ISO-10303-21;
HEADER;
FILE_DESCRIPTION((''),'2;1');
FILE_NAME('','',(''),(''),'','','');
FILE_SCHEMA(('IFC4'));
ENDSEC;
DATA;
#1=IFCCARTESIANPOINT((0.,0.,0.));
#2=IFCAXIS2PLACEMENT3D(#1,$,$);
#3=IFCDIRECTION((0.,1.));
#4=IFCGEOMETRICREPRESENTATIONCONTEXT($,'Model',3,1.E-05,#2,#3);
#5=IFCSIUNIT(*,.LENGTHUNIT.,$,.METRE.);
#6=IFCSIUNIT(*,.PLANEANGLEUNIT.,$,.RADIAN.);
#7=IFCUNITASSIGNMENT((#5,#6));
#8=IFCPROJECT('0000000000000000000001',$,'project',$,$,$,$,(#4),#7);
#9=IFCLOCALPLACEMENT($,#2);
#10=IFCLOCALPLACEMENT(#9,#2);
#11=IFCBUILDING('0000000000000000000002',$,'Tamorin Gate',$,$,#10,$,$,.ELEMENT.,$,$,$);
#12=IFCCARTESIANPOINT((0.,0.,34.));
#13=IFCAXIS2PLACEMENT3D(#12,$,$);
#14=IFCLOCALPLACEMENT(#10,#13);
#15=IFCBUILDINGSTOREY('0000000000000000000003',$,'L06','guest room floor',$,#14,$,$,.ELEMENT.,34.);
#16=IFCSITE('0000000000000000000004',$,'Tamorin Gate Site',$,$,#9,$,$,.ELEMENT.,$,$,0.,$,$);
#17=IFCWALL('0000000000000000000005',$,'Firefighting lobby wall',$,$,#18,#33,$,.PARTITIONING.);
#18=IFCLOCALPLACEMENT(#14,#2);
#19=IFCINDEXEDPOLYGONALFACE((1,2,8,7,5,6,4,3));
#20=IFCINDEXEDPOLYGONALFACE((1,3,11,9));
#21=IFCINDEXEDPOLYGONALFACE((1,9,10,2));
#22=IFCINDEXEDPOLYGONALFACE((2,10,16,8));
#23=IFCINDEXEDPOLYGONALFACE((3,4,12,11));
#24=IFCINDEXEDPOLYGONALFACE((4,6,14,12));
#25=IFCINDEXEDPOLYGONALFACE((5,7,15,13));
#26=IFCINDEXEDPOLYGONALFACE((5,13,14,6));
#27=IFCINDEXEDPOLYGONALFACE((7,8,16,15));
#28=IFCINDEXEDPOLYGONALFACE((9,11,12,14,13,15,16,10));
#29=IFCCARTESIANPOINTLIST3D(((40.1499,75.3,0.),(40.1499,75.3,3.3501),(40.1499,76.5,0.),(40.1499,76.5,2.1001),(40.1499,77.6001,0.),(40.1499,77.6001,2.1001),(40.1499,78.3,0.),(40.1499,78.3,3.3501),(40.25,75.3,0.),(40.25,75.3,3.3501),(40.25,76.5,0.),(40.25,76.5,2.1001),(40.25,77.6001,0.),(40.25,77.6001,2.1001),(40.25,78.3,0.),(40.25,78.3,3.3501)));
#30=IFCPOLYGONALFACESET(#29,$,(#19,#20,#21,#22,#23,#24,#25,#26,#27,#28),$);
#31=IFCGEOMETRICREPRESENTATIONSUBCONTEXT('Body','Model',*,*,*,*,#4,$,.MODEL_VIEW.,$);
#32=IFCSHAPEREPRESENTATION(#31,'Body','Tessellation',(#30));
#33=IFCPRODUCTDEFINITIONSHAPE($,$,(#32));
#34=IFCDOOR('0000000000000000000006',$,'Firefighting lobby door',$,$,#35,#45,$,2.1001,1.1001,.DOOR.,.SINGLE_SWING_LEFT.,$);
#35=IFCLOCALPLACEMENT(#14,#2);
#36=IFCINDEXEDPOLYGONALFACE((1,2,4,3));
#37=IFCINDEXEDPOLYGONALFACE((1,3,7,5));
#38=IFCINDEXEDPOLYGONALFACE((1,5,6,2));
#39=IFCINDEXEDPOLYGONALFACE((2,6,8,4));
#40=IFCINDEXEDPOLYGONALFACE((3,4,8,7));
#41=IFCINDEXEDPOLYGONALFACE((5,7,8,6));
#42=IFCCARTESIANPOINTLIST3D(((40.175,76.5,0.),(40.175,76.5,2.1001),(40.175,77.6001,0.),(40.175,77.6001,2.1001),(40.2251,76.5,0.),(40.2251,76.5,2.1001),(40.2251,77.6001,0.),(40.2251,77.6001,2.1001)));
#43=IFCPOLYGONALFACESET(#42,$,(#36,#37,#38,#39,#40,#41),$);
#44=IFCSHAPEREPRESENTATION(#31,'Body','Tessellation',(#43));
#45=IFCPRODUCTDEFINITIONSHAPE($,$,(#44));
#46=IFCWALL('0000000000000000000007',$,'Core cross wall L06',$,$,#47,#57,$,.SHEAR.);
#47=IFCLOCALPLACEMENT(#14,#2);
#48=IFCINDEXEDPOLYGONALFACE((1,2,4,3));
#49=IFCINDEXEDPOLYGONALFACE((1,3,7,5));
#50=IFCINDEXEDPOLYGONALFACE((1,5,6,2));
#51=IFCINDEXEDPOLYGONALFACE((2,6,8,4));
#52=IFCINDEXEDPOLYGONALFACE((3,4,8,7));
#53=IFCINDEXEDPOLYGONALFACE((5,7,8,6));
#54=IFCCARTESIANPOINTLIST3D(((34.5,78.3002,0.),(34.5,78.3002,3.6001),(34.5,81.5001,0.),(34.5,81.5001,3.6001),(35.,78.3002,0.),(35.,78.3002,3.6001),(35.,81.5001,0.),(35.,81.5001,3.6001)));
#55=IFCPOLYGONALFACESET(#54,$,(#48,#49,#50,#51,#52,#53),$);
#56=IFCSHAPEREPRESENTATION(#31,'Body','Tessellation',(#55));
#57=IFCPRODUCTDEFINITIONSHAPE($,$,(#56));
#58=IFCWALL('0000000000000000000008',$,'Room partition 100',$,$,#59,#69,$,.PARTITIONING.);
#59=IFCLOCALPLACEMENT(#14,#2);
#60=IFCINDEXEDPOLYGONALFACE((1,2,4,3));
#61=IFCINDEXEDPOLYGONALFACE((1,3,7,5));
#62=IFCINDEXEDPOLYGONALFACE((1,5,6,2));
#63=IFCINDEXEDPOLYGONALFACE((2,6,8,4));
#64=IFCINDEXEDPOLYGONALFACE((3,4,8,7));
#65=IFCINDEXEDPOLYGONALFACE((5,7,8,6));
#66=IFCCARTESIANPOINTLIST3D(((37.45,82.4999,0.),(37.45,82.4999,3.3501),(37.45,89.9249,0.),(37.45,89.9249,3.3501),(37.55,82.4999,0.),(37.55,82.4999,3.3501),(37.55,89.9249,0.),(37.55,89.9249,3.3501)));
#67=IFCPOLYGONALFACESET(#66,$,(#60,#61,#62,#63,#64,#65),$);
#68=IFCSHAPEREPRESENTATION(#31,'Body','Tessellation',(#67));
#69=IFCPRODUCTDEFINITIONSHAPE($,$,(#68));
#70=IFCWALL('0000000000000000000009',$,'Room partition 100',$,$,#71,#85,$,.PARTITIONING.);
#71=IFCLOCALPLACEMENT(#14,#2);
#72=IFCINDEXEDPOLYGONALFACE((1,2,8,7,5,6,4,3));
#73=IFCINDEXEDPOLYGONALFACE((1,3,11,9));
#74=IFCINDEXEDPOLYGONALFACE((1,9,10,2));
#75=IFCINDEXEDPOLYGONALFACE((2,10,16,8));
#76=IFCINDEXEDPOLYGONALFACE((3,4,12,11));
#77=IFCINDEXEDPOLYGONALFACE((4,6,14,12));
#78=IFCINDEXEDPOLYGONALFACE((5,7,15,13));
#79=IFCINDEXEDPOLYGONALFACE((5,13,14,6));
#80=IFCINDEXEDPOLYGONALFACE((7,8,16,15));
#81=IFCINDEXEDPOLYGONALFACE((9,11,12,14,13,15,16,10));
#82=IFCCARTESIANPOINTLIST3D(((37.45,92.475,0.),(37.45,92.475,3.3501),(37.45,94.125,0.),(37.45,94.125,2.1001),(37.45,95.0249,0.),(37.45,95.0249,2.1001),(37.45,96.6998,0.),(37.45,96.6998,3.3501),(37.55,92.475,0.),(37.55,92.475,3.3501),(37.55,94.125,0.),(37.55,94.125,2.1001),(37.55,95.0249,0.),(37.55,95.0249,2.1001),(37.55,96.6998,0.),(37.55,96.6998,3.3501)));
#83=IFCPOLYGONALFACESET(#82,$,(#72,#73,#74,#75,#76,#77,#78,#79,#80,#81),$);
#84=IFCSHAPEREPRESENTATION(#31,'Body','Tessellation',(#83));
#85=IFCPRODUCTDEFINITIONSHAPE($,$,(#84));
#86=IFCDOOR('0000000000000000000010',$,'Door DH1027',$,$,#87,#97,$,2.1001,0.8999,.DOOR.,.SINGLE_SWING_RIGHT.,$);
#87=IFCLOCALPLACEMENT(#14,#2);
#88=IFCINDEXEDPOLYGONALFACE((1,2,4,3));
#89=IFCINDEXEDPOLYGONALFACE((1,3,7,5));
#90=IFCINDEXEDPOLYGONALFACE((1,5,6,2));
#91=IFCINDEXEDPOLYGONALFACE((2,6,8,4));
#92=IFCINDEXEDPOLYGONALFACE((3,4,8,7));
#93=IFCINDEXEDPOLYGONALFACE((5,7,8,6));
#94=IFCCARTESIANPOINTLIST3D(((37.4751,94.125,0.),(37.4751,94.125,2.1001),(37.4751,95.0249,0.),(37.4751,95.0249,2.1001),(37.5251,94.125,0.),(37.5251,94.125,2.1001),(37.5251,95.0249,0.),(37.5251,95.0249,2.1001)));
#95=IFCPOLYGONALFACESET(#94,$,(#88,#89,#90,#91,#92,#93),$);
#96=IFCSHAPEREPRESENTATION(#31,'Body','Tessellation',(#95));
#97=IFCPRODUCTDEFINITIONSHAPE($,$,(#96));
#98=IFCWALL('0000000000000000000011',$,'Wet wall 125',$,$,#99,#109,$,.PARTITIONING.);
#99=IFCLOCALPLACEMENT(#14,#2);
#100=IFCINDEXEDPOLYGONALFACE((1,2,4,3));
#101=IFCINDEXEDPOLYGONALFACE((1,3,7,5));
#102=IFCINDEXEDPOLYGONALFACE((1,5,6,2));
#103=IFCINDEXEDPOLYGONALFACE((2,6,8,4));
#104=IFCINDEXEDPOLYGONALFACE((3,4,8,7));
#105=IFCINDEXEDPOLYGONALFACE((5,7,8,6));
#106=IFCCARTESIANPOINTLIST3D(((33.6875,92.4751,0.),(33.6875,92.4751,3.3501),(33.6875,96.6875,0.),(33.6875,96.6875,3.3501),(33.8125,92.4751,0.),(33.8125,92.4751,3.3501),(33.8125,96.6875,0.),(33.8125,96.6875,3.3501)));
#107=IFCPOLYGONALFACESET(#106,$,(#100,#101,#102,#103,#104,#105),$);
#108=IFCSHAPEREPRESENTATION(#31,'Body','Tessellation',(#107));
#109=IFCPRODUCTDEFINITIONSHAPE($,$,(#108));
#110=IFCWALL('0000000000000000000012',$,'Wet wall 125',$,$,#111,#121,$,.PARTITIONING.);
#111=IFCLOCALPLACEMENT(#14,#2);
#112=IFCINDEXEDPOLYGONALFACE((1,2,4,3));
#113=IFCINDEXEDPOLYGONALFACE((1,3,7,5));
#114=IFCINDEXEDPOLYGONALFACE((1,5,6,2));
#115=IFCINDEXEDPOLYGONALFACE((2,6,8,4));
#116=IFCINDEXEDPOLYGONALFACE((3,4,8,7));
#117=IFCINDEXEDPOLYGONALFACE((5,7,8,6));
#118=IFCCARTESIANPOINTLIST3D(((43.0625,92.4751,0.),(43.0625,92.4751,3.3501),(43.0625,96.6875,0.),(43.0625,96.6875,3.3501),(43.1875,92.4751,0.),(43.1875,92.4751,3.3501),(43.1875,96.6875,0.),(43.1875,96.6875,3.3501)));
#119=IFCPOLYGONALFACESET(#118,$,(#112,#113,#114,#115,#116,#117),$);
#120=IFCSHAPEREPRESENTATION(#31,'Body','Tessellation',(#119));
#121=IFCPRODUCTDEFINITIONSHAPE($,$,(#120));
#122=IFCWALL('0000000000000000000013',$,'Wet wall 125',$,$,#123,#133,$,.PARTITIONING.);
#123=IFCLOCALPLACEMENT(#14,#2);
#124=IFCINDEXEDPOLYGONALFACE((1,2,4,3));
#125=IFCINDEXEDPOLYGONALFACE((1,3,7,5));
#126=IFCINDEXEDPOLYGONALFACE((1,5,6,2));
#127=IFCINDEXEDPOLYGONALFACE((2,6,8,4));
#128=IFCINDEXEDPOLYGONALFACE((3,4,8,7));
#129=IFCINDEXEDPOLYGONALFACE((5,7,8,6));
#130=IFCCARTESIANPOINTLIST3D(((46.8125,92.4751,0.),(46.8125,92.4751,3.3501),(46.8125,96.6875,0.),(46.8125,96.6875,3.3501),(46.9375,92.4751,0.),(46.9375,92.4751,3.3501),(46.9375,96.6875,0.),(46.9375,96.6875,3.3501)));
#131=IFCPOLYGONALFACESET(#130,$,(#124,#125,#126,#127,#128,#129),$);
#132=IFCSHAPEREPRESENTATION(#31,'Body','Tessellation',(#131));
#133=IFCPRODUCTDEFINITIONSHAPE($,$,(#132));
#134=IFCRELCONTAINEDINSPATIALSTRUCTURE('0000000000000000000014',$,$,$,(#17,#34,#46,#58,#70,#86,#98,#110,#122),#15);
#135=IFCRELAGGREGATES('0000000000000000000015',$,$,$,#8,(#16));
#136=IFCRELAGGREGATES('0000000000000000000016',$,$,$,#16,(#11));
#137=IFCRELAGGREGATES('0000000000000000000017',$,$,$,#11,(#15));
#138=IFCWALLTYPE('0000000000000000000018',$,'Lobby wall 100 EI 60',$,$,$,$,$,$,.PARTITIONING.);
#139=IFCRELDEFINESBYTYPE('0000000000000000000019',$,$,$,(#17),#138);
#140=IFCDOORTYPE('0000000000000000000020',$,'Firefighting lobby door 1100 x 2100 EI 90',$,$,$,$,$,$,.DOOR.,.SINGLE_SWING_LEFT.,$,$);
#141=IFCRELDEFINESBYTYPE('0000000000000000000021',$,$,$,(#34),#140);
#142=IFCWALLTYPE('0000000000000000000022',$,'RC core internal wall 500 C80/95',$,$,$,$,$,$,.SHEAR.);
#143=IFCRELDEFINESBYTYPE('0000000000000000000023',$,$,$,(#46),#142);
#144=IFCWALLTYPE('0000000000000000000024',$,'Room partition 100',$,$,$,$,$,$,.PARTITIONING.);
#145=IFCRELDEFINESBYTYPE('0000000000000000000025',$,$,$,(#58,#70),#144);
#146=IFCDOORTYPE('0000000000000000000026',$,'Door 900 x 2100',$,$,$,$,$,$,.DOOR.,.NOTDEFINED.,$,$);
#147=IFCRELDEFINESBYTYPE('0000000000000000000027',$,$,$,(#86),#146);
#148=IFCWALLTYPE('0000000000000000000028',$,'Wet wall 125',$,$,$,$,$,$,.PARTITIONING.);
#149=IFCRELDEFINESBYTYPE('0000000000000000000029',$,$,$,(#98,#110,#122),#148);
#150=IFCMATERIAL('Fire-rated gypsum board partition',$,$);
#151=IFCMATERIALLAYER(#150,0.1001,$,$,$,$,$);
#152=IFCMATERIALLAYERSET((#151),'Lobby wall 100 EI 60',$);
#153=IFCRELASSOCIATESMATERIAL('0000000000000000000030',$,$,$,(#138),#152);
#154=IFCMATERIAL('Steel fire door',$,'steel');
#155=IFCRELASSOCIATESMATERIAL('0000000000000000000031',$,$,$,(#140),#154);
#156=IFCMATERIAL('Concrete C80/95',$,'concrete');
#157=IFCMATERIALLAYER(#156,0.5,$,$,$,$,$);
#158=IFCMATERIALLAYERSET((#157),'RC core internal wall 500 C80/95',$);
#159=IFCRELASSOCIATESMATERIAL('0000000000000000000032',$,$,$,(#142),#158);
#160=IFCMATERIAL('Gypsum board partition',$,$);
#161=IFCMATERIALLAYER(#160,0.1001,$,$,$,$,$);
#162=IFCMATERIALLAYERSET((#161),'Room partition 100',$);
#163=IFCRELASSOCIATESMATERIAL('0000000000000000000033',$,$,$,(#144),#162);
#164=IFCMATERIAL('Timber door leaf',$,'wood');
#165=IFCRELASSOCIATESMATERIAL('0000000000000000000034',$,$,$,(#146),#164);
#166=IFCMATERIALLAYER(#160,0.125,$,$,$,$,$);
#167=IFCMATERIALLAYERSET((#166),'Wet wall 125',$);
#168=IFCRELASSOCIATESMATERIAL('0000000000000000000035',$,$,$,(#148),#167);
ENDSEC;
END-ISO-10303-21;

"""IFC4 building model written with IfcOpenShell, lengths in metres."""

from ifc_helpers import new_model, si_unit, direction, frame, frame_2d, origin, place, context, subcontext, project, spatial, rectangle, extrude, material, layer, layer_set, type_object, element, fill, save


model = new_model("IFC4")

# Units and contexts
model_context = context("Model", 3, precision=1e-05, world=origin(), true_north=direction((0.0, 1.0)))
body_context = subcontext(model_context, "Body", "Model", "MODEL_VIEW")
ifc_project = project(units=[si_unit("LENGTHUNIT", "METRE"), si_unit("PLANEANGLEUNIT", "RADIAN")], contexts=[model_context])

# Site, building, storey
site_placement = place(None, origin())
site = spatial("IfcSite", under=ifc_project, at=site_placement, Name="Tamorin Gate Site", CompositionType="ELEMENT", RefElevation=0.0)
building_placement = place(site_placement, origin())
building = spatial("IfcBuilding", under=site, at=building_placement, Name="Tamorin Gate", CompositionType="ELEMENT")
storey_placement = place(building_placement, frame((0.0, 0.0, 34.0)))
storey = spatial("IfcBuildingStorey", under=building, at=storey_placement, Name="L06", Description="guest room floor", CompositionType="ELEMENT", Elevation=34.0)

# Shared definitions
ifc_material_1 = material(Name="Concrete C80/95", Category="concrete")

# Shared definitions
ifc_material_2 = material(Name="Gypsum board partition")

# Shared definitions
ifc_material_3 = material(Name="Fire-rated gypsum board partition")
ifc_layer_1 = layer(ifc_material_3, 0.1001)
ifc_layer_set_1 = layer_set([ifc_layer_1], Name="Lobby wall 100 EI 60")
wall_type_1 = type_object("IfcWallType", Name="Lobby wall 100 EI 60", PredefinedType="PARTITIONING", material=ifc_layer_set_1)

# Wall, opening, door
wall_1_placement = place(storey_placement, frame((40.2, 75.3, 0.0), z_axis=(0.0, 0.0, 1.0), x_axis=(0.0, 1.0, 0.0)))
wall_1 = element("IfcWall", 1, at=wall_1_placement, inside=storey, type_object=wall_type_1, Name="Firefighting lobby wall", PredefinedType="PARTITIONING", context=body_context, shape_type="SweptSolid", body=[
    extrude(rectangle(XDim=3.0, YDim=0.1001, at=frame_2d((1.5, 0.0))), origin(), (0.0, 0.0, 1.0), 3.3501),
])
opening_1_placement = place(wall_1_placement, frame((1.2, 0.0, 0.0)))
opening_1 = element("IfcOpeningElement", 2, at=opening_1_placement, cuts=wall_1, PredefinedType="OPENING", context=body_context, shape_type="SweptSolid", body=[
    extrude(rectangle(XDim=1.1001, YDim=2.1001, at=frame_2d((0.55, 1.05))), frame((0.0, 0.0601, 0.0), z_axis=(0.0, -1.0, 0.0), x_axis=(1.0, 0.0, 0.0)), (0.0, 0.0, 1.0), 0.1201),
])
ifc_material_4 = material(Name="Steel fire door", Category="steel")
door_type_1 = type_object("IfcDoorType", Name="Firefighting lobby door 1100 x 2100 EI 90", OperationType="SINGLE_SWING_LEFT", PredefinedType="DOOR", material=ifc_material_4)
door_1_placement = place(opening_1_placement, origin())
door_1 = element("IfcDoor", 3, at=door_1_placement, inside=storey, type_object=door_type_1, Name="Firefighting lobby door", OperationType="SINGLE_SWING_LEFT", OverallHeight=2.1001, OverallWidth=1.1001, PredefinedType="DOOR", context=body_context, shape_type="SweptSolid", body=[
    extrude(rectangle(XDim=1.1001, YDim=2.1001, at=frame_2d((0.55, 1.05))), frame((0.0, 0.0249, 0.0), z_axis=(0.0, -1.0, 0.0), x_axis=(1.0, 0.0, 0.0)), (0.0, 0.0, 1.0), 0.05),
])
fill(opening_1, door_1)

# Walls
ifc_layer_2 = layer(ifc_material_1, 0.5)
ifc_layer_set_2 = layer_set([ifc_layer_2], Name="RC core internal wall 500 C80/95")
wall_type_2 = type_object("IfcWallType", Name="RC core internal wall 500 C80/95", PredefinedType="SHEAR", material=ifc_layer_set_2)
wall_2_placement = place(storey_placement, frame((34.75, 78.3, 0.0), z_axis=(0.0, 0.0, 1.0), x_axis=(0.0, 1.0, 0.0)))
element("IfcWall", 4, at=wall_2_placement, inside=storey, type_object=wall_type_2, Name="Core cross wall L06", PredefinedType="SHEAR", context=body_context, shape_type="SweptSolid", body=[
    extrude(rectangle(XDim=3.2, YDim=0.5, at=frame_2d((1.6001, 0.0))), origin(), (0.0, 0.0, 1.0), 3.6001),
])
ifc_layer_3 = layer(ifc_material_2, 0.1001)
ifc_layer_set_3 = layer_set([ifc_layer_3], Name="Room partition 100")
wall_type_3 = type_object("IfcWallType", Name="Room partition 100", PredefinedType="PARTITIONING", material=ifc_layer_set_3)
wall_3_placement = place(storey_placement, frame((37.5, 82.5, 0.0), z_axis=(0.0, 0.0, 1.0), x_axis=(0.0, 1.0, 0.0)))
element("IfcWall", 5, at=wall_3_placement, inside=storey, type_object=wall_type_3, Name="Room partition 100", PredefinedType="PARTITIONING", context=body_context, shape_type="SweptSolid", body=[
    extrude(rectangle(XDim=7.425, YDim=0.1001, at=frame_2d((3.7124, 0.0))), origin(), (0.0, 0.0, 1.0), 3.3501),
])

# Wall, opening, door
wall_4_placement = place(storey_placement, frame((37.5, 92.4751, 0.0), z_axis=(0.0, 0.0, 1.0), x_axis=(0.0, 1.0, 0.0)))
wall_4 = element("IfcWall", 6, at=wall_4_placement, inside=storey, type_object=wall_type_3, Name="Room partition 100", PredefinedType="PARTITIONING", context=body_context, shape_type="SweptSolid", body=[
    extrude(rectangle(XDim=4.2249, YDim=0.1001, at=frame_2d((2.1123, 0.0))), origin(), (0.0, 0.0, 1.0), 3.3501),
])
opening_2_placement = place(wall_4_placement, frame((1.6499, 0.0, 0.0)))
opening_2 = element("IfcOpeningElement", 7, at=opening_2_placement, cuts=wall_4, PredefinedType="OPENING", context=body_context, shape_type="SweptSolid", body=[
    extrude(rectangle(XDim=0.8999, YDim=2.1001, at=frame_2d((0.45, 1.05))), frame((0.0, 0.0601, 0.0), z_axis=(0.0, -1.0, 0.0), x_axis=(1.0, 0.0, 0.0)), (0.0, 0.0, 1.0), 0.1201),
])
ifc_material_5 = material(Name="Timber door leaf", Category="wood")
door_type_2 = type_object("IfcDoorType", Name="Door 900 x 2100", OperationType="NOTDEFINED", PredefinedType="DOOR", material=ifc_material_5)
door_2_placement = place(opening_2_placement, origin())
door_2 = element("IfcDoor", 8, at=door_2_placement, inside=storey, type_object=door_type_2, Name="Door DH1027", OperationType="SINGLE_SWING_RIGHT", OverallHeight=2.1001, OverallWidth=0.8999, PredefinedType="DOOR", context=body_context, shape_type="SweptSolid", body=[
    extrude(rectangle(XDim=0.8999, YDim=2.1001, at=frame_2d((0.45, 1.05))), frame((0.0, 0.0249, 0.0), z_axis=(0.0, -1.0, 0.0), x_axis=(1.0, 0.0, 0.0)), (0.0, 0.0, 1.0), 0.05),
])
fill(opening_2, door_2)

# Walls
ifc_layer_4 = layer(ifc_material_2, 0.125)
ifc_layer_set_4 = layer_set([ifc_layer_4], Name="Wet wall 125")
wall_type_4 = type_object("IfcWallType", Name="Wet wall 125", PredefinedType="PARTITIONING", material=ifc_layer_set_4)
for number, where, z_axis, x_axis, name in (
    (9, (33.75, 92.4751, 0.0), (0.0, 0.0, 1.0), (0.0, 1.0, 0.0), "Wet wall 125"),
    (10, (43.125, 92.4751, 0.0), (0.0, 0.0, 1.0), (0.0, 1.0, 0.0), "Wet wall 125"),
    (11, (46.875, 92.4751, 0.0), (0.0, 0.0, 1.0), (0.0, 1.0, 0.0), "Wet wall 125"),
):
    element("IfcWall", number, at=place(storey_placement, frame(where, z_axis=z_axis, x_axis=x_axis)), inside=storey, type_object=wall_type_4, Name=name, PredefinedType="PARTITIONING", context=body_context, shape_type="SweptSolid", body=[
        extrude(rectangle(XDim=4.2124, YDim=0.125, at=frame_2d((2.1062, 0.0))), origin(), (0.0, 0.0, 1.0), 3.3501),
    ])

save(model, "model.ifc")
